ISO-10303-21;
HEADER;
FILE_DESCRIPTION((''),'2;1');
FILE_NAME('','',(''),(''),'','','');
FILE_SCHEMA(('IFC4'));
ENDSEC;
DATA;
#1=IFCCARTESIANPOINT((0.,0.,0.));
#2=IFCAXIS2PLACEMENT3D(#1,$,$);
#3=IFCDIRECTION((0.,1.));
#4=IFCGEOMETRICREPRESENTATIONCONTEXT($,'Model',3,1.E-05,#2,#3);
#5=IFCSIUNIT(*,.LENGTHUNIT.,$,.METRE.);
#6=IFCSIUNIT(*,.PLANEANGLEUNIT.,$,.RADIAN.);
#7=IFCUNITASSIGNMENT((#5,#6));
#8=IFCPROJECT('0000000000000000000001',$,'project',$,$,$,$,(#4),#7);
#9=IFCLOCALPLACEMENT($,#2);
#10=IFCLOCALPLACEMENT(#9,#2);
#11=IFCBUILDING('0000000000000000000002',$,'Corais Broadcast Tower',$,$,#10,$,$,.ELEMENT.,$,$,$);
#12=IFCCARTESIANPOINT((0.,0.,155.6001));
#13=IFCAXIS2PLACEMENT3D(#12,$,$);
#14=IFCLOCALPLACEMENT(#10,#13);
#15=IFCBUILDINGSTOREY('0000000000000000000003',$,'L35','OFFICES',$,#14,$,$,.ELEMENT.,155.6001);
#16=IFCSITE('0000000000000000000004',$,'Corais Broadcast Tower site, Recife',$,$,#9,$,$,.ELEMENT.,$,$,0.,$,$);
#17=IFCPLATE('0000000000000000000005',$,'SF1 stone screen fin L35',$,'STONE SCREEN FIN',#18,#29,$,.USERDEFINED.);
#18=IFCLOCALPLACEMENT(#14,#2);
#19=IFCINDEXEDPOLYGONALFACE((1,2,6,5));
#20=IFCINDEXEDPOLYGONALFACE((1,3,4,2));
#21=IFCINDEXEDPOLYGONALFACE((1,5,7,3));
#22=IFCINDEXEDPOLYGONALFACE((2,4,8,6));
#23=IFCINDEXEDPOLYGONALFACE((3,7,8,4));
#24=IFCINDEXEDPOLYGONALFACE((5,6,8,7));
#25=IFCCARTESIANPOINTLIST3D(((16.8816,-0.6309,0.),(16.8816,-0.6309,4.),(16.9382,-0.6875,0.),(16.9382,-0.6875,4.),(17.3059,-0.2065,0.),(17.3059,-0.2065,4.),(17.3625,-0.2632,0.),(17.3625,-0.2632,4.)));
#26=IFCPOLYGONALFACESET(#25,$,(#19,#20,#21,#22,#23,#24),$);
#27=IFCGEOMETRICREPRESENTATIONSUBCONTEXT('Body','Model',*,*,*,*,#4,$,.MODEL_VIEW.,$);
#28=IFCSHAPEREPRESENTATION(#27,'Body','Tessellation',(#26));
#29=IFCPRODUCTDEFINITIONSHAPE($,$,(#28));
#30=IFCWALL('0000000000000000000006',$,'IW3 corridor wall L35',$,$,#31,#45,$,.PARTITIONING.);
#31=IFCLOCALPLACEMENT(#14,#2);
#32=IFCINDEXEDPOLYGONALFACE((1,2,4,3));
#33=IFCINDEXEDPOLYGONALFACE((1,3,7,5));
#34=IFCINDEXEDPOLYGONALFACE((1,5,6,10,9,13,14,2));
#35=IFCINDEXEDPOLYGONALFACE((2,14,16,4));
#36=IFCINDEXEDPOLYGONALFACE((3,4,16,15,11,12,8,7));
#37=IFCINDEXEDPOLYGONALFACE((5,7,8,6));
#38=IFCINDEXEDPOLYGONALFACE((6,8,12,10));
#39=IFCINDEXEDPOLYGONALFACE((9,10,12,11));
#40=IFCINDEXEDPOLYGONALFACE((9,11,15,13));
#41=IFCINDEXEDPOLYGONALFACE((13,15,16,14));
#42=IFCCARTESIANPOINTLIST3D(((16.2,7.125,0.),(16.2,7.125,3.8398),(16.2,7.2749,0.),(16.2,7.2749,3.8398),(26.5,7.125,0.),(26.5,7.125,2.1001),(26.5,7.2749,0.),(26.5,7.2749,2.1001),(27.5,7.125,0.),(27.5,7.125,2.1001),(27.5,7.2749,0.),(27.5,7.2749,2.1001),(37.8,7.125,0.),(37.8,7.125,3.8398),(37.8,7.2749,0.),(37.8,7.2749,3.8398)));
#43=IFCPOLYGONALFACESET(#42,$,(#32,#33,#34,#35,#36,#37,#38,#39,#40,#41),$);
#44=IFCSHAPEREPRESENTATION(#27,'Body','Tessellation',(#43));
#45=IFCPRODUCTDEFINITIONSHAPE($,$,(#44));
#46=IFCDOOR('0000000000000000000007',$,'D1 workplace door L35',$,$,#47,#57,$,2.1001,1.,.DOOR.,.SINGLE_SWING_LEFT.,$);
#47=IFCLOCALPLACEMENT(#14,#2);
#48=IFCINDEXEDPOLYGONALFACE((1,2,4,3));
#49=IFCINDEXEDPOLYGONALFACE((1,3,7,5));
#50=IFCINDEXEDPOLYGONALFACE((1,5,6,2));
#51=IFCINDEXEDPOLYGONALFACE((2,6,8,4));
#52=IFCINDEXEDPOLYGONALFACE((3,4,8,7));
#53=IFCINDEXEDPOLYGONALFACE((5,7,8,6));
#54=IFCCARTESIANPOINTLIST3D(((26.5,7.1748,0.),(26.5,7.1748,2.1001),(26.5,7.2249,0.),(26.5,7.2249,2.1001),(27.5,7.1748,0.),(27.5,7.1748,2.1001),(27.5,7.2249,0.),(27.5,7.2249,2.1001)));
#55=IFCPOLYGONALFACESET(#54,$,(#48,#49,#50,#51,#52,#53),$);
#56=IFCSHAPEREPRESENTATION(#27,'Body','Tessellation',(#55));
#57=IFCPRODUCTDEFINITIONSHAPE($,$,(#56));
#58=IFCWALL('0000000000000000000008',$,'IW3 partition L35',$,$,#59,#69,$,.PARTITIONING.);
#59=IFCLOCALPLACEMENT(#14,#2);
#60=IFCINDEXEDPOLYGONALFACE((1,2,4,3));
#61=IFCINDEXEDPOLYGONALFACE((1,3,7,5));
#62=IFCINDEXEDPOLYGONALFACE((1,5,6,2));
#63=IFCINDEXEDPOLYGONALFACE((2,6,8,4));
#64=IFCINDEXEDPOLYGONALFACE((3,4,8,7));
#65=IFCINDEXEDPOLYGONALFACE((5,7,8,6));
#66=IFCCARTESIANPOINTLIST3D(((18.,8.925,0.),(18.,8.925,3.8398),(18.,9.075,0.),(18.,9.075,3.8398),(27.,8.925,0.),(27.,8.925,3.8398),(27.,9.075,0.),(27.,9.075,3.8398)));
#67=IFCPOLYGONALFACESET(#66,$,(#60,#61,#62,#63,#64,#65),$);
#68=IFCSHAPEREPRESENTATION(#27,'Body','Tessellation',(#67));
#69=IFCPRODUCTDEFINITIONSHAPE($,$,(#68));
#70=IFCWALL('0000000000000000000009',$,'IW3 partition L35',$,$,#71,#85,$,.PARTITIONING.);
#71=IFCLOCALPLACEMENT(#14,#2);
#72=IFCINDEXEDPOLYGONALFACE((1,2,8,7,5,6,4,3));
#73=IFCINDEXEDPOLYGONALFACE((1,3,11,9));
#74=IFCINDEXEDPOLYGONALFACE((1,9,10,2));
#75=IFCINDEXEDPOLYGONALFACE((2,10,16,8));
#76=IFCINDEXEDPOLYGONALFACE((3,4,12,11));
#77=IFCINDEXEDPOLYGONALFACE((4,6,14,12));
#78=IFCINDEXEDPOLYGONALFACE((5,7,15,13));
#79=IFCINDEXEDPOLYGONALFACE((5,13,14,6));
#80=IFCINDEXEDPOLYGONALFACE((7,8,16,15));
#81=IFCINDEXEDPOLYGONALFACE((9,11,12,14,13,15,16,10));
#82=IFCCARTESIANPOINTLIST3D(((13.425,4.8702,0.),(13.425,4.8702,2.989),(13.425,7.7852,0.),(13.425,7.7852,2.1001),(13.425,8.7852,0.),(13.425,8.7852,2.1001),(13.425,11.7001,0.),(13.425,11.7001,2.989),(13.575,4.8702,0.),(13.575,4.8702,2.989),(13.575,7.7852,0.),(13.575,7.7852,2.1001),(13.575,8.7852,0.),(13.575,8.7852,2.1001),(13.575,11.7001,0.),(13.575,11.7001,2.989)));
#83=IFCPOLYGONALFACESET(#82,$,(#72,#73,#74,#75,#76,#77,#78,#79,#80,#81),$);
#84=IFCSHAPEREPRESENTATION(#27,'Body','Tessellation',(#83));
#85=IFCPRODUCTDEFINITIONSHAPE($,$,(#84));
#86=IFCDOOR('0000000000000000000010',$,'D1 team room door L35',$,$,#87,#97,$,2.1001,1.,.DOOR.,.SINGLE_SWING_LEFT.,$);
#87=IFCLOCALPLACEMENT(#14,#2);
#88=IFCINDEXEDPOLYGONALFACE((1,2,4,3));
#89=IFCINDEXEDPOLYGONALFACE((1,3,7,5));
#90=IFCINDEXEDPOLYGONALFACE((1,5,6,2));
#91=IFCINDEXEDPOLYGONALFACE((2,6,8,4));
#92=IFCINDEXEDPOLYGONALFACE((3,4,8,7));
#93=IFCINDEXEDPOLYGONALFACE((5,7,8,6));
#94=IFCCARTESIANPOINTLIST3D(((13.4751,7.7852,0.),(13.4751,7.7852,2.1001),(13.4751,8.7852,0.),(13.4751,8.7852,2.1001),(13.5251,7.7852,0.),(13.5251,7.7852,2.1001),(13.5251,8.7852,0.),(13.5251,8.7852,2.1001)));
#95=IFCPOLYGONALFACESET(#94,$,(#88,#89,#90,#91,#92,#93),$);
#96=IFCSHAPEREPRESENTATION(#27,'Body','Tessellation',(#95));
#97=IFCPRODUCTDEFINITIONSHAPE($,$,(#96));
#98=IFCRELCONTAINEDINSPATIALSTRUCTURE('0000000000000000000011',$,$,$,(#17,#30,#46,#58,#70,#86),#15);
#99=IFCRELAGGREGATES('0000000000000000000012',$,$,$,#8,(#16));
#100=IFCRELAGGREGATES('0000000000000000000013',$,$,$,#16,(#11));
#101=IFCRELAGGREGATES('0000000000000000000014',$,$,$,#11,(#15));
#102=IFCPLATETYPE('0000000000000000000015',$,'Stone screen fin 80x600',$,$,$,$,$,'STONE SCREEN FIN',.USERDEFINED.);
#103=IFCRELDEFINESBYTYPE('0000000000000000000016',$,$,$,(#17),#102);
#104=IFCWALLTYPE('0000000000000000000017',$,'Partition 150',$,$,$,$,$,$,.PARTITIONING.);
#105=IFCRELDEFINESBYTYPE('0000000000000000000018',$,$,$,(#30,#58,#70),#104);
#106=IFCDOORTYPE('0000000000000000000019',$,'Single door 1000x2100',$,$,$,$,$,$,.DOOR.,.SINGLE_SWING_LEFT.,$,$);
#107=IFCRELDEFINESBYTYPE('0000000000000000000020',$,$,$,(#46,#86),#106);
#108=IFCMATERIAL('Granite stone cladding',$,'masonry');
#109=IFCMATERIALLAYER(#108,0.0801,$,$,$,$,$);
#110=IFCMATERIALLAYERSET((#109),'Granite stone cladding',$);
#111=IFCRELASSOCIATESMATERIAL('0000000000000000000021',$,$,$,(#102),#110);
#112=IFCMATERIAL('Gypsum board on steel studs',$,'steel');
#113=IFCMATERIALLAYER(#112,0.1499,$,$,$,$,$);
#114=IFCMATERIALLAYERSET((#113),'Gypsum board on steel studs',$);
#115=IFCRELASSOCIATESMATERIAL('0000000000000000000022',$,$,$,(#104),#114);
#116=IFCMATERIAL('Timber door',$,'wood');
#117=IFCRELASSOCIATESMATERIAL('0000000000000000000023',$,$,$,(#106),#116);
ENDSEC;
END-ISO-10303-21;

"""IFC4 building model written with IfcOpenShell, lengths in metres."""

from ifc_helpers import new_model, si_unit, direction, frame, frame_2d, origin, origin_2d, place, context, subcontext, project, spatial, rectangle, extrude, material, layer, layer_set, type_object, element, fill, save


model = new_model("IFC4")

# Units and contexts
model_context = context("Model", 3, precision=1e-05, world=origin(), true_north=direction((0.0, 1.0)))
body_context = subcontext(model_context, "Body", "Model", "MODEL_VIEW")
ifc_project = project(units=[si_unit("LENGTHUNIT", "METRE"), si_unit("PLANEANGLEUNIT", "RADIAN")], contexts=[model_context])

# Site, building, storey
site_placement = place(None, origin())
site = spatial("IfcSite", under=ifc_project, at=site_placement, Name="Corais Broadcast Tower site, Recife", CompositionType="ELEMENT", RefElevation=0.0)
building_placement = place(site_placement, origin())
building = spatial("IfcBuilding", under=site, at=building_placement, Name="Corais Broadcast Tower", CompositionType="ELEMENT")
storey_placement = place(building_placement, frame((0.0, 0.0, 155.6001)))
storey = spatial("IfcBuildingStorey", under=building, at=storey_placement, Name="L35", Description="OFFICES", CompositionType="ELEMENT", Elevation=155.6001)

# Plate
ifc_material_1 = material(Name="Granite stone cladding", Category="masonry")
ifc_layer_1 = layer(ifc_material_1, 0.0801)
ifc_layer_set_1 = layer_set([ifc_layer_1], Name="Granite stone cladding")
plate_type_1 = type_object("IfcPlateType", Name="Stone screen fin 80x600", ElementType="STONE SCREEN FIN", PredefinedType="USERDEFINED", material=ifc_layer_set_1)
plate_1_placement = place(storey_placement, frame((17.1221, -0.447, 0.0), z_axis=(0.0, 0.0, 1.0), x_axis=(-0.707107, 0.707107, 0.0)))
element("IfcPlate", 1, at=plate_1_placement, inside=storey, type_object=plate_type_1, Name="SF1 stone screen fin L35", ObjectType="STONE SCREEN FIN", PredefinedType="USERDEFINED", context=body_context, shape_type="SweptSolid", body=[
    extrude(rectangle(XDim=0.0801, YDim=0.6001, at=origin_2d()), origin(), (0.0, 0.0, 1.0), 4.0),
])

# Wall, opening, door
ifc_material_2 = material(Name="Gypsum board on steel studs", Category="steel")
ifc_layer_2 = layer(ifc_material_2, 0.1499)
ifc_layer_set_2 = layer_set([ifc_layer_2], Name="Gypsum board on steel studs")
wall_type = type_object("IfcWallType", Name="Partition 150", PredefinedType="PARTITIONING", material=ifc_layer_set_2)
wall_1_placement = place(storey_placement, frame((16.2, 7.2, 0.0), z_axis=(0.0, 0.0, 1.0), x_axis=(1.0, 0.0, 0.0)))
wall_1 = element("IfcWall", 2, at=wall_1_placement, inside=storey, type_object=wall_type, Name="IW3 corridor wall L35", PredefinedType="PARTITIONING", context=body_context, shape_type="SweptSolid", body=[
    extrude(rectangle(XDim=21.6001, YDim=0.1499, at=frame_2d((10.8, 0.0))), origin(), (0.0, 0.0, 1.0), 3.8398),
])
opening_1_placement = place(wall_1_placement, frame((10.3, 0.0, 0.0)))
opening_1 = element("IfcOpeningElement", 3, at=opening_1_placement, cuts=wall_1, PredefinedType="OPENING", context=body_context, shape_type="SweptSolid", body=[
    extrude(rectangle(XDim=1.0, YDim=2.1001, at=frame_2d((0.5, 1.05))), frame((0.0, 0.085, 0.0), z_axis=(0.0, -1.0, 0.0), x_axis=(1.0, 0.0, 0.0)), (0.0, 0.0, 1.0), 0.1699),
])
ifc_material_3 = material(Name="Timber door", Category="wood")
door_type = type_object("IfcDoorType", Name="Single door 1000x2100", OperationType="SINGLE_SWING_LEFT", PredefinedType="DOOR", material=ifc_material_3)
door_1_placement = place(opening_1_placement, origin())
door_1 = element("IfcDoor", 4, at=door_1_placement, inside=storey, type_object=door_type, Name="D1 workplace door L35", OperationType="SINGLE_SWING_LEFT", OverallHeight=2.1001, OverallWidth=1.0, PredefinedType="DOOR", context=body_context, shape_type="SweptSolid", body=[
    extrude(rectangle(XDim=1.0, YDim=2.1001, at=frame_2d((0.5, 1.05))), frame((0.0, 0.0249, 0.0), z_axis=(0.0, -1.0, 0.0), x_axis=(1.0, 0.0, 0.0)), (0.0, 0.0, 1.0), 0.05),
])
fill(opening_1, door_1)

# Wall
wall_2_placement = place(storey_placement, frame((18.0, 9.0, 0.0), z_axis=(0.0, 0.0, 1.0), x_axis=(1.0, 0.0, 0.0)))
element("IfcWall", 5, at=wall_2_placement, inside=storey, type_object=wall_type, Name="IW3 partition L35", PredefinedType="PARTITIONING", context=body_context, shape_type="SweptSolid", body=[
    extrude(rectangle(XDim=9.0, YDim=0.1499, at=frame_2d((4.5, 0.0))), origin(), (0.0, 0.0, 1.0), 3.8398),
])

# Wall, opening, door
wall_3_placement = place(storey_placement, frame((13.5, 4.8701, 0.0), z_axis=(0.0, 0.0, 1.0), x_axis=(0.0, 1.0, 0.0)))
wall_3 = element("IfcWall", 6, at=wall_3_placement, inside=storey, type_object=wall_type, Name="IW3 partition L35", PredefinedType="PARTITIONING", context=body_context, shape_type="SweptSolid", body=[
    extrude(rectangle(XDim=6.8298, YDim=0.1499, at=frame_2d((3.415, 0.0))), origin(), (0.0, 0.0, 1.0), 2.989),
])
opening_2_placement = place(wall_3_placement, frame((2.915, 0.0, 0.0)))
opening_2 = element("IfcOpeningElement", 7, at=opening_2_placement, cuts=wall_3, PredefinedType="OPENING", context=body_context, shape_type="SweptSolid", body=[
    extrude(rectangle(XDim=1.0, YDim=2.1001, at=frame_2d((0.5, 1.05))), frame((0.0, 0.085, 0.0), z_axis=(0.0, -1.0, 0.0), x_axis=(1.0, 0.0, 0.0)), (0.0, 0.0, 1.0), 0.1699),
])
door_2_placement = place(opening_2_placement, origin())
door_2 = element("IfcDoor", 8, at=door_2_placement, inside=storey, type_object=door_type, Name="D1 team room door L35", OperationType="SINGLE_SWING_LEFT", OverallHeight=2.1001, OverallWidth=1.0, PredefinedType="DOOR", context=body_context, shape_type="SweptSolid", body=[
    extrude(rectangle(XDim=1.0, YDim=2.1001, at=frame_2d((0.5, 1.05))), frame((0.0, 0.0249, 0.0), z_axis=(0.0, -1.0, 0.0), x_axis=(1.0, 0.0, 0.0)), (0.0, 0.0, 1.0), 0.05),
])
fill(opening_2, door_2)

save(model, "model.ifc")
